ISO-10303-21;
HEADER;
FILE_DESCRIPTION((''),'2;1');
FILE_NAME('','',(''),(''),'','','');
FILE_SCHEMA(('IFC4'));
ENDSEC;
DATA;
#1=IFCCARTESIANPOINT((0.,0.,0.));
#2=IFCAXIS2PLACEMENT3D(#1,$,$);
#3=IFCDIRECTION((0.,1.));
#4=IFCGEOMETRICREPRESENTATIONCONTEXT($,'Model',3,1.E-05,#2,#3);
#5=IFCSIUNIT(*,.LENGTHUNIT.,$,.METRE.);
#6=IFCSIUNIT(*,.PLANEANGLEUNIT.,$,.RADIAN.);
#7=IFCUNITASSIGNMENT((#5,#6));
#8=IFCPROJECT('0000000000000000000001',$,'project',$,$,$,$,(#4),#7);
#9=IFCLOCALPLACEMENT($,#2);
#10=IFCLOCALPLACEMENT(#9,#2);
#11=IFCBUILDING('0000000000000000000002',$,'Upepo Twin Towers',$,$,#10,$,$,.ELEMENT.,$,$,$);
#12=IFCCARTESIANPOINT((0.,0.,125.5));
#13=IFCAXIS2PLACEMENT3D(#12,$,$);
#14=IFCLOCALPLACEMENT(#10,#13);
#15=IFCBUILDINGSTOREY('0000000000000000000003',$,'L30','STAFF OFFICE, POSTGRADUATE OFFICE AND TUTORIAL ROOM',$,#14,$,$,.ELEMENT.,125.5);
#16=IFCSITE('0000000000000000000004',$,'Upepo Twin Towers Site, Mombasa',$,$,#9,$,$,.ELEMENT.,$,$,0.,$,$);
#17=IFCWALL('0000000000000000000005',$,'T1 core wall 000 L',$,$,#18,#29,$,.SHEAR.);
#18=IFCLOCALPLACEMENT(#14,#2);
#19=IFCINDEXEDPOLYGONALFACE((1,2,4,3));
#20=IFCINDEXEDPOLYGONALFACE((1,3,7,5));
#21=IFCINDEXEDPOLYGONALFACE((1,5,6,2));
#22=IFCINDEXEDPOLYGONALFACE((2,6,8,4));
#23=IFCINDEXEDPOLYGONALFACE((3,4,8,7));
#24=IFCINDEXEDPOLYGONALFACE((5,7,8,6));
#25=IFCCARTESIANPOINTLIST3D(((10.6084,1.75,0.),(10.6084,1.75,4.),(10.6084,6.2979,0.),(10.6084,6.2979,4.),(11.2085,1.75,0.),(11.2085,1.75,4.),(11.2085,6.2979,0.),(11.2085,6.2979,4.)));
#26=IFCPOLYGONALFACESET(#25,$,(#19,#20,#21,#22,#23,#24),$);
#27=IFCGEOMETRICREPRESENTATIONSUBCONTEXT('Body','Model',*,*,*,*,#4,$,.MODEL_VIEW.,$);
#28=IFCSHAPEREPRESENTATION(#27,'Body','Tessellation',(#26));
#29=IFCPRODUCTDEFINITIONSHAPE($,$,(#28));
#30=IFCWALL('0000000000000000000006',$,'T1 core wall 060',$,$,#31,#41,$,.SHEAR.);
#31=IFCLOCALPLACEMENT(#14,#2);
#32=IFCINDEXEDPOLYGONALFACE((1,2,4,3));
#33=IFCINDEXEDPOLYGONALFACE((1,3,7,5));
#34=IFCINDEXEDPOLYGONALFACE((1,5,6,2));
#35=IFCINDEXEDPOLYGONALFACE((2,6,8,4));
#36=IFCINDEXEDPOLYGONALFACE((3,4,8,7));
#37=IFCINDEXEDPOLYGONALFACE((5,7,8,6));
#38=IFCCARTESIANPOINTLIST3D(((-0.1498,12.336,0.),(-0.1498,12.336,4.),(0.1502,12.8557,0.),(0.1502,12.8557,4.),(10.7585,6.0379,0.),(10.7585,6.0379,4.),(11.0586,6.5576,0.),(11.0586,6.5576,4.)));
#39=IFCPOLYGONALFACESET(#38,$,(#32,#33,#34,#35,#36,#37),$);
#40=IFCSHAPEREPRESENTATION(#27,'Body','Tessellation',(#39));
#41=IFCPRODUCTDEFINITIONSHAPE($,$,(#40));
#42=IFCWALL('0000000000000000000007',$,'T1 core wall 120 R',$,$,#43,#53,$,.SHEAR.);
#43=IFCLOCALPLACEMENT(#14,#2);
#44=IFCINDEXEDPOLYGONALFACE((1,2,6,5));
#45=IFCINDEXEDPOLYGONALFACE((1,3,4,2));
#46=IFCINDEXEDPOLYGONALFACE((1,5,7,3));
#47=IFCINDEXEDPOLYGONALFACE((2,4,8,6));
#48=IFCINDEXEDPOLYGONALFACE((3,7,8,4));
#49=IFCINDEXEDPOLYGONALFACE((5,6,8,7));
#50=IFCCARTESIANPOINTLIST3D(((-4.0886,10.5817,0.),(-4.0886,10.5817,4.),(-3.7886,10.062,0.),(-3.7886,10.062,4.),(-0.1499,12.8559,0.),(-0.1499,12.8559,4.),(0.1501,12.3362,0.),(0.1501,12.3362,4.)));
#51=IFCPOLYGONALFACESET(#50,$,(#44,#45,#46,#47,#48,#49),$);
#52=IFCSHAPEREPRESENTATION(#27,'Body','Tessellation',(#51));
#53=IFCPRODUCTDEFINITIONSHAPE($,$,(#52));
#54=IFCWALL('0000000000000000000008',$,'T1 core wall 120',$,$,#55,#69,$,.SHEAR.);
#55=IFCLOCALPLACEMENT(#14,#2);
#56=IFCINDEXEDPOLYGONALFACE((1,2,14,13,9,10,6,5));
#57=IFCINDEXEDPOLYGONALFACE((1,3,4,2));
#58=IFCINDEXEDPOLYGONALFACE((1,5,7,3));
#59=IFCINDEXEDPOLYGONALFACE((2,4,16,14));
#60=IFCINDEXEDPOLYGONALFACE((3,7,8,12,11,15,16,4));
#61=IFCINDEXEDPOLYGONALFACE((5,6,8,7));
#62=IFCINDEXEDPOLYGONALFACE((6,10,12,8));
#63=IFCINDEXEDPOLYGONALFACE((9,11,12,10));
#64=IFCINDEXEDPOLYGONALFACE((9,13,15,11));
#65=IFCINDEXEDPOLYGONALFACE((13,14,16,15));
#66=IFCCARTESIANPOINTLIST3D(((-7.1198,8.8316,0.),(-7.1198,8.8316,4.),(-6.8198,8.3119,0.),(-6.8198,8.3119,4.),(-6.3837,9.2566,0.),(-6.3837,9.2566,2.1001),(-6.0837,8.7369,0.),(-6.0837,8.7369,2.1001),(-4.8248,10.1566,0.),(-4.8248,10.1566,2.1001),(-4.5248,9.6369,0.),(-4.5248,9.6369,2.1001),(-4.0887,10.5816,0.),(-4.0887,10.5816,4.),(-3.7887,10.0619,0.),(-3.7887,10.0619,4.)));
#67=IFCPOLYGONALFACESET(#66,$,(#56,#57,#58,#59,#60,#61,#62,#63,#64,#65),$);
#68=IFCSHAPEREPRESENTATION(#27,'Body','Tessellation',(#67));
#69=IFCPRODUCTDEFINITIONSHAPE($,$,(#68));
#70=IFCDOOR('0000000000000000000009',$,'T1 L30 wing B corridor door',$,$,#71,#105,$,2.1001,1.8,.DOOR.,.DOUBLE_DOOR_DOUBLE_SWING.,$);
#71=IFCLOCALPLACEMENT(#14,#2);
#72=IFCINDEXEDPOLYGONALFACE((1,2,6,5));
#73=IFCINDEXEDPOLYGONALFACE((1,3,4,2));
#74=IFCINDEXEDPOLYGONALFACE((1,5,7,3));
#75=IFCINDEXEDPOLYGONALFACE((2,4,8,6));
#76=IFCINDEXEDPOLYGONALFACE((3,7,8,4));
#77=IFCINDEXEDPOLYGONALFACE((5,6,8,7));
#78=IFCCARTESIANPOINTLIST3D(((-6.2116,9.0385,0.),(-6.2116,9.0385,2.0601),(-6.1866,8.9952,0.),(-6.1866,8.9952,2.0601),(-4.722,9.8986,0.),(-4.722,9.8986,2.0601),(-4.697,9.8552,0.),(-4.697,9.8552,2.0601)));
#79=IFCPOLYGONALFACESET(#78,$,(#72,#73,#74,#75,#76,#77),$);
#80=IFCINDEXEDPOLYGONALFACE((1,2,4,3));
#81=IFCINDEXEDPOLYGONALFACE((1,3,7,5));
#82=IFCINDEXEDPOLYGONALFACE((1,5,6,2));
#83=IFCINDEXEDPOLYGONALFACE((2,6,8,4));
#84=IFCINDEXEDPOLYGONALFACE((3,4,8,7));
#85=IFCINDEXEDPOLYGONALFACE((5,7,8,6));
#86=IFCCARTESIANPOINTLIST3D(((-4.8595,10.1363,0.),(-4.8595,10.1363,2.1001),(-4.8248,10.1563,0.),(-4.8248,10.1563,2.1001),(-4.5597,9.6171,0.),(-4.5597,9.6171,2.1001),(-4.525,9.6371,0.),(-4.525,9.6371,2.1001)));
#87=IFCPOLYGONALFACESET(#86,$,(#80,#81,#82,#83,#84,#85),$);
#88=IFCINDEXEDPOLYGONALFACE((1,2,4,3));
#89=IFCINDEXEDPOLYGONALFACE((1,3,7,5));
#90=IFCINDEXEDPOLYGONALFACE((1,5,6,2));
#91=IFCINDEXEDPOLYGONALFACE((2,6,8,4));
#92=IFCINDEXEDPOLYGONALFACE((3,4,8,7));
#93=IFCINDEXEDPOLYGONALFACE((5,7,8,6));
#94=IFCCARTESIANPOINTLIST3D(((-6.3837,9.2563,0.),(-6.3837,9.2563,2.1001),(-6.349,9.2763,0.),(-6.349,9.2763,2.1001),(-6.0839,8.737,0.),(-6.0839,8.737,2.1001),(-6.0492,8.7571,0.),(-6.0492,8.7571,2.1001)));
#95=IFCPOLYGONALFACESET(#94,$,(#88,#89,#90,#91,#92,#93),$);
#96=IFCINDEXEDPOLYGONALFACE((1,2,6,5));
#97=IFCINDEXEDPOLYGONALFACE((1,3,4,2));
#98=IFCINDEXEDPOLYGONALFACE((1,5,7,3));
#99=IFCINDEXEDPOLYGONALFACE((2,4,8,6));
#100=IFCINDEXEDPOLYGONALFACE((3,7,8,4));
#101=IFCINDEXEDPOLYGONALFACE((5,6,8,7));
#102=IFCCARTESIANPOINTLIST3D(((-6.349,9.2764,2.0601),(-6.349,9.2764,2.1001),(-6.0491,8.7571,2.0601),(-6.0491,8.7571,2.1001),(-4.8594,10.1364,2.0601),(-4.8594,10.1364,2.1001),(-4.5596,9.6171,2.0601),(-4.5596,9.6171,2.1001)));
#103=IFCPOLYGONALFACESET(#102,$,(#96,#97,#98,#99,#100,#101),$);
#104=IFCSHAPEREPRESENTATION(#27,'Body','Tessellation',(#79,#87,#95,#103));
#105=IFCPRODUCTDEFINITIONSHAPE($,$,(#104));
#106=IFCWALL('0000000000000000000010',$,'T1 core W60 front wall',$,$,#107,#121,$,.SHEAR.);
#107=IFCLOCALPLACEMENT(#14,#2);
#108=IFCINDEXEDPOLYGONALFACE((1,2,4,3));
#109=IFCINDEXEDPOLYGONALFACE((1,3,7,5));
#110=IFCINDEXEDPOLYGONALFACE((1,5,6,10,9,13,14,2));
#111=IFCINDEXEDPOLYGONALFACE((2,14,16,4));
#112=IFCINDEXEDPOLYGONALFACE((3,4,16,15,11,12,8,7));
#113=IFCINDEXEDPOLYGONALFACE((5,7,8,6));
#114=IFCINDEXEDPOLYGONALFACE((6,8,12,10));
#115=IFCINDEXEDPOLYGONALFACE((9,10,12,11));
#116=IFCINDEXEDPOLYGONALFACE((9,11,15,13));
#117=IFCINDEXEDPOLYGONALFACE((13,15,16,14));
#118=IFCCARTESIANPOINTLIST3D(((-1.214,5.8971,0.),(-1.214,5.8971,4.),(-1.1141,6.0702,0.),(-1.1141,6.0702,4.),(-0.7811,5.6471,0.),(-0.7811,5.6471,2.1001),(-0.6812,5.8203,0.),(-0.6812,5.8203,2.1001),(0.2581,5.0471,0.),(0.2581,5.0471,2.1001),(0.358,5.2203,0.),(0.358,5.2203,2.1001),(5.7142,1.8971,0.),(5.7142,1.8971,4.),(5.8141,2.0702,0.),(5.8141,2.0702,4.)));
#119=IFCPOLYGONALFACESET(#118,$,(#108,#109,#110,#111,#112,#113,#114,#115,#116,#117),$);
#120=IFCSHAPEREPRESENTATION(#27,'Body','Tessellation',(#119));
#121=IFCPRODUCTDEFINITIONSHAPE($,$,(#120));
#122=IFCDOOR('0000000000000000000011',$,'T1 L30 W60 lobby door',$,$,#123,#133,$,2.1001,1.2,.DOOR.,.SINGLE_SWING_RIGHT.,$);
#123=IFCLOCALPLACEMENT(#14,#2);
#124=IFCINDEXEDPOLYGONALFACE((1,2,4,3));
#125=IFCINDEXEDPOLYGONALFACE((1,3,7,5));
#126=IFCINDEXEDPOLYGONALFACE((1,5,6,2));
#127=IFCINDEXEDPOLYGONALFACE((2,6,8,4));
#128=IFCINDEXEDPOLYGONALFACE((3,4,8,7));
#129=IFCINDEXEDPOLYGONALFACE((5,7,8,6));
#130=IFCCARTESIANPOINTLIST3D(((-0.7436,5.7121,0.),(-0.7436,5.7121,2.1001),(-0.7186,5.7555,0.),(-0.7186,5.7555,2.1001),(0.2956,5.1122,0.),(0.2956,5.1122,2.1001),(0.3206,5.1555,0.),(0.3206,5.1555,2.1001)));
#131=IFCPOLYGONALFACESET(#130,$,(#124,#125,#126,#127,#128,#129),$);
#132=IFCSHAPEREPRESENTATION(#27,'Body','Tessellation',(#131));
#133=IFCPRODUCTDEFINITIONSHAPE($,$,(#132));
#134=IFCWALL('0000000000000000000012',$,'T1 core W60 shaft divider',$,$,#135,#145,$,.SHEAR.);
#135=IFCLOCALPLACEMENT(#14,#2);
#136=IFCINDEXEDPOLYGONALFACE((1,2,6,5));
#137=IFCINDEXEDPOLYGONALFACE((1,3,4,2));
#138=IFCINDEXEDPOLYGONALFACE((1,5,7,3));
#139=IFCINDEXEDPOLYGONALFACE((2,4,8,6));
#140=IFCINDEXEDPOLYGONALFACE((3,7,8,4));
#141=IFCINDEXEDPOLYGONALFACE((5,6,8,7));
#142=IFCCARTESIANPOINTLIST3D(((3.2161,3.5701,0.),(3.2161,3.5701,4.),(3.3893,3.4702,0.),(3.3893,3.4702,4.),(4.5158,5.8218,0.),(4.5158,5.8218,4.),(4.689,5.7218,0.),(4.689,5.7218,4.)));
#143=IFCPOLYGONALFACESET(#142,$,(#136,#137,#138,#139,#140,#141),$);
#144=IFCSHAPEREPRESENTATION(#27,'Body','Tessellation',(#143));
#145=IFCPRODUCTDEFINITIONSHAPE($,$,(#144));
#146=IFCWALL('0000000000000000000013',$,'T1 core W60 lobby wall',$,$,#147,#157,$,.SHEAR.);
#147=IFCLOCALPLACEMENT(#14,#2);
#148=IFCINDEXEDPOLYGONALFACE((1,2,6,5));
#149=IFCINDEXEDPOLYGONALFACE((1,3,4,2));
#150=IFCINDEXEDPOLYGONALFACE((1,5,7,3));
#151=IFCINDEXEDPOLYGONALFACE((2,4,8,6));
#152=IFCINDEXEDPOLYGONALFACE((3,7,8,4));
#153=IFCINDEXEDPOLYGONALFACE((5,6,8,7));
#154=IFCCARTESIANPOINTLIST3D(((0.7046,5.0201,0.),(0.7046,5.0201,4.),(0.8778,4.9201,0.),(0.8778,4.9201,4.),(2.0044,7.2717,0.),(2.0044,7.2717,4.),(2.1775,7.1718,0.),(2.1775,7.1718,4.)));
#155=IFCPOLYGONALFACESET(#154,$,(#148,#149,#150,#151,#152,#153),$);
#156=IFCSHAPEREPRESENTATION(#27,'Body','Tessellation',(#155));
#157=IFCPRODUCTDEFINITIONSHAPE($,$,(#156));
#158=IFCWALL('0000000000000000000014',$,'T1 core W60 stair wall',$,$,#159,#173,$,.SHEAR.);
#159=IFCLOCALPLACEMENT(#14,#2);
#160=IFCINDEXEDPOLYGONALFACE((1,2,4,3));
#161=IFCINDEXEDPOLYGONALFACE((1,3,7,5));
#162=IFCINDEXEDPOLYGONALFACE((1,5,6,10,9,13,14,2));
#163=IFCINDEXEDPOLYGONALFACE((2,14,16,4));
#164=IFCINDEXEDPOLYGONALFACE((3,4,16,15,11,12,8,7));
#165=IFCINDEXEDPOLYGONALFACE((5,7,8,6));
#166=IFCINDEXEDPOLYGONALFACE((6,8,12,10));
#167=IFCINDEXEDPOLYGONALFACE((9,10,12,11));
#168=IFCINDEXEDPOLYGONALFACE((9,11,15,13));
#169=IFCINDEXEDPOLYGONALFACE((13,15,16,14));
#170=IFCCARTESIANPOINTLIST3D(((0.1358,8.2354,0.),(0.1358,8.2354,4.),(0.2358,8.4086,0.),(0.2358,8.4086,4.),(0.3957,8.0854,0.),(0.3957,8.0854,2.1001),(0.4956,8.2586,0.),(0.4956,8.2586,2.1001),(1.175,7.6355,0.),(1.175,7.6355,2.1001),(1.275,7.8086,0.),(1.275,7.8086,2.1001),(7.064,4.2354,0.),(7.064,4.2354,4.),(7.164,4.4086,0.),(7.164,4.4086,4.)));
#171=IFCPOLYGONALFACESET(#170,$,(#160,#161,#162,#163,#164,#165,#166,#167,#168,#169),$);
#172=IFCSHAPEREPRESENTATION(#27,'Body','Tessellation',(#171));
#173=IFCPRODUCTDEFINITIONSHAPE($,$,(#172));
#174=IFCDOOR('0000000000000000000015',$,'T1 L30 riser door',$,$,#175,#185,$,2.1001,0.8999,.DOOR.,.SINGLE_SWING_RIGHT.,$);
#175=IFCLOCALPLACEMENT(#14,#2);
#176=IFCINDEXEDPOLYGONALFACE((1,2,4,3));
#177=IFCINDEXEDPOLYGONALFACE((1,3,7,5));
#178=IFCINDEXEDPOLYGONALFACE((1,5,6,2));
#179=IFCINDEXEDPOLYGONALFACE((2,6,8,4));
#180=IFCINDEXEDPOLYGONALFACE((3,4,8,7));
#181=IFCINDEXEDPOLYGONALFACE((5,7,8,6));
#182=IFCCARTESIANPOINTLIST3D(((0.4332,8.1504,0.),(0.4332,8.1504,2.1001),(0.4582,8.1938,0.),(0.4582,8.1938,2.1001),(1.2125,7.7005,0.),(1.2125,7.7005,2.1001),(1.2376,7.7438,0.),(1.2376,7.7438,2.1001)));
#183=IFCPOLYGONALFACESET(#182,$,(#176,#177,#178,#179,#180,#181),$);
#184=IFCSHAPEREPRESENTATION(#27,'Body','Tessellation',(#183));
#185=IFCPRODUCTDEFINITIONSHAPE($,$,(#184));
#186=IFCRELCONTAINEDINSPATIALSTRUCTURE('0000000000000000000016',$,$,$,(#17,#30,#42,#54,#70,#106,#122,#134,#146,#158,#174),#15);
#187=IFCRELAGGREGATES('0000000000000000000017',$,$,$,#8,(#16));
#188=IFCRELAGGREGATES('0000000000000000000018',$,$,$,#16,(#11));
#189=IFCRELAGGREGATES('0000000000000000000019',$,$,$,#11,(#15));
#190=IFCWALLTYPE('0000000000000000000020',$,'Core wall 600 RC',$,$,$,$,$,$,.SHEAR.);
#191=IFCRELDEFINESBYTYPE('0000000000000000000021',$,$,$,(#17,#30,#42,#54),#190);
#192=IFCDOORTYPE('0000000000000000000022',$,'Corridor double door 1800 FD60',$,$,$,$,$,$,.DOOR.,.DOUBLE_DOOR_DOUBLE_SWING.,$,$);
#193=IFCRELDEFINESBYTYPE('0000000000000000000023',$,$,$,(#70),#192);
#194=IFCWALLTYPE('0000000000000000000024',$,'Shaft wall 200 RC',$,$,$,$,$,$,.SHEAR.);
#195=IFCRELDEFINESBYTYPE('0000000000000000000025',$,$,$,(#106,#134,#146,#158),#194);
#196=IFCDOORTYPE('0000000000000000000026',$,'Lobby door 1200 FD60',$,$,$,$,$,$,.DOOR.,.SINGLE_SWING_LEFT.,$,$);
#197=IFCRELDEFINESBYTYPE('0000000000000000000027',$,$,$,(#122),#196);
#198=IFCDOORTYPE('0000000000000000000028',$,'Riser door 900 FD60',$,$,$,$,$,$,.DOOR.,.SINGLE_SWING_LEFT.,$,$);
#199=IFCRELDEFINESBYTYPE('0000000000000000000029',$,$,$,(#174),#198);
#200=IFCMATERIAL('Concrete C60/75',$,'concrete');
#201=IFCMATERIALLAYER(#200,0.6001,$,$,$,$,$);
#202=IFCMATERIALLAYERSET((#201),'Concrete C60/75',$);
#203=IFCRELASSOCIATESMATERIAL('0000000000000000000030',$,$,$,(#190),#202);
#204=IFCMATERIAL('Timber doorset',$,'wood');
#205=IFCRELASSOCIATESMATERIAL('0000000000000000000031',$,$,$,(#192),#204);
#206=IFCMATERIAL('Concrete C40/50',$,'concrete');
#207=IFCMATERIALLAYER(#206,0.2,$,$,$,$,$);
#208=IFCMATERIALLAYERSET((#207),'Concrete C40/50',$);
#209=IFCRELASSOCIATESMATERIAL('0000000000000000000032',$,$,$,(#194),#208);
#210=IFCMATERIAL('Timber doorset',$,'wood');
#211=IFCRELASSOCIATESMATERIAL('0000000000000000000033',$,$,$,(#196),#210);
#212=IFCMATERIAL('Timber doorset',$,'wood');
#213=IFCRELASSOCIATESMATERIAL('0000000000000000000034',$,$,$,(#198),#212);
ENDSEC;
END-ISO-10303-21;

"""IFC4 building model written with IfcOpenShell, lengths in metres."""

from ifc_helpers import new_model, si_unit, direction, frame, frame_2d, origin, place, context, subcontext, project, spatial, rectangle, extrude, material, layer, layer_set, type_object, element, fill, save


model = new_model("IFC4")

# Units and contexts
model_context = context("Model", 3, precision=1e-05, world=origin(), true_north=direction((0.0, 1.0)))
body_context = subcontext(model_context, "Body", "Model", "MODEL_VIEW")
ifc_project = project(units=[si_unit("LENGTHUNIT", "METRE"), si_unit("PLANEANGLEUNIT", "RADIAN")], contexts=[model_context])

# Site, building, storey
site_placement = place(None, origin())
site = spatial("IfcSite", under=ifc_project, at=site_placement, Name="Upepo Twin Towers Site, Mombasa", CompositionType="ELEMENT", RefElevation=0.0)
building_placement = place(site_placement, origin())
building = spatial("IfcBuilding", under=site, at=building_placement, Name="Upepo Twin Towers", CompositionType="ELEMENT")
storey_placement = place(building_placement, frame((0.0, 0.0, 125.5)))
storey = spatial("IfcBuildingStorey", under=building, at=storey_placement, Name="L30", Description="STAFF OFFICE, POSTGRADUATE OFFICE AND TUTORIAL ROOM", CompositionType="ELEMENT", Elevation=125.5)

# Walls
ifc_material_1 = material(Name="Concrete C60/75", Category="concrete")
ifc_layer_1 = layer(ifc_material_1, 0.6001)
ifc_layer_set_1 = layer_set([ifc_layer_1], Name="Concrete C60/75")
wall_type_1 = type_object("IfcWallType", Name="Core wall 600 RC", PredefinedType="SHEAR", material=ifc_layer_set_1)
wall_1_placement = place(storey_placement, frame((10.9084, 1.75, 0.0), z_axis=(0.0, 0.0, 1.0), x_axis=(0.0, 1.0, 0.0)))
element("IfcWall", 1, at=wall_1_placement, inside=storey, type_object=wall_type_1, Name="T1 core wall 000 L", PredefinedType="SHEAR", context=body_context, shape_type="SweptSolid", body=[
    extrude(rectangle(XDim=4.5479, YDim=0.6001, at=frame_2d((2.2739, 0.0))), origin(), (0.0, 0.0, 1.0), 4.0),
])
wall_2_placement = place(storey_placement, frame((10.9084, 6.2979, 0.0), z_axis=(0.0, 0.0, 1.0), x_axis=(-0.866022, 0.500006, 0.0)))
element("IfcWall", 2, at=wall_2_placement, inside=storey, type_object=wall_type_1, Name="T1 core wall 060", PredefinedType="SHEAR", context=body_context, shape_type="SweptSolid", body=[
    extrude(rectangle(XDim=12.5959, YDim=0.6001, at=frame_2d((6.2979, 0.0))), origin(), (0.0, 0.0, 1.0), 4.0),
])
wall_3_placement = place(storey_placement, frame((0.0, 12.5959, 0.0), z_axis=(0.0, 0.0, 1.0), x_axis=(-0.866011, -0.500024, 0.0)))
element("IfcWall", 3, at=wall_3_placement, inside=storey, type_object=wall_type_1, Name="T1 core wall 120 R", PredefinedType="SHEAR", context=body_context, shape_type="SweptSolid", body=[
    extrude(rectangle(XDim=4.5481, YDim=0.6001, at=frame_2d((2.2739, 0.0))), origin(), (0.0, 0.0, 1.0), 4.0),
])

# Walls, openings, doors
wall_4_placement = place(storey_placement, frame((-3.9387, 10.3218, 0.0), z_axis=(0.0, 0.0, 1.0), x_axis=(-0.866019, -0.50001, 0.0)))
wall_4 = element("IfcWall", 4, at=wall_4_placement, inside=storey, type_object=wall_type_1, Name="T1 core wall 120", PredefinedType="SHEAR", context=body_context, shape_type="SweptSolid", body=[
    extrude(rectangle(XDim=3.5, YDim=0.6001, at=frame_2d((1.75, 0.0))), origin(), (0.0, 0.0, 1.0), 4.0),
])
opening_1_placement = place(wall_4_placement, frame((0.8501, 0.0, 0.0)))
opening_1 = element("IfcOpeningElement", 5, at=opening_1_placement, cuts=wall_4, PredefinedType="OPENING", context=body_context, shape_type="SweptSolid", body=[
    extrude(rectangle(XDim=1.8, YDim=2.1001, at=frame_2d((0.8999, 1.05))), frame((0.0, 0.3101, 0.0), z_axis=(0.0, -1.0, 0.0), x_axis=(1.0, 0.0, 0.0)), (0.0, 0.0, 1.0), 0.6201),
])
ifc_material_2 = material(Name="Timber doorset", Category="wood")
door_type_1 = type_object("IfcDoorType", Name="Corridor double door 1800 FD60", OperationType="DOUBLE_DOOR_DOUBLE_SWING", PredefinedType="DOOR", material=ifc_material_2)
door_1_placement = place(opening_1_placement, origin())
door_1 = element("IfcDoor", 6, at=door_1_placement, inside=storey, type_object=door_type_1, Name="T1 L30 wing B corridor door", OperationType="DOUBLE_DOOR_DOUBLE_SWING", OverallHeight=2.1001, OverallWidth=1.8, PredefinedType="DOOR", context=body_context, shape_type="SweptSolid", body=[
    extrude(rectangle(XDim=1.72, YDim=2.0601, at=frame_2d((0.8999, 1.03))), frame((0.0, 0.0249, 0.0), z_axis=(0.0, -1.0, 0.0), x_axis=(1.0, 0.0, 0.0)), (0.0, 0.0, 1.0), 0.05),
    extrude(rectangle(XDim=0.04, YDim=2.1001, at=frame_2d((0.02, 1.05))), frame((0.0, 0.2998, 0.0), z_axis=(0.0, -1.0, 0.0), x_axis=(1.0, 0.0, 0.0)), (0.0, 0.0, 1.0), 0.5996),
    extrude(rectangle(XDim=0.04, YDim=2.1001, at=frame_2d((1.78, 1.05))), frame((0.0, 0.2998, 0.0), z_axis=(0.0, -1.0, 0.0), x_axis=(1.0, 0.0, 0.0)), (0.0, 0.0, 1.0), 0.5996),
    extrude(rectangle(XDim=1.72, YDim=0.04, at=frame_2d((0.8999, 2.0801))), frame((0.0, 0.2998, 0.0), z_axis=(0.0, -1.0, 0.0), x_axis=(1.0, 0.0, 0.0)), (0.0, 0.0, 1.0), 0.5996),
])
fill(opening_1, door_1)
ifc_material_3 = material(Name="Concrete C40/50", Category="concrete")
ifc_layer_2 = layer(ifc_material_3, 0.2)
ifc_layer_set_2 = layer_set([ifc_layer_2], Name="Concrete C40/50")
wall_type_2 = type_object("IfcWallType", Name="Shaft wall 200 RC", PredefinedType="SHEAR", material=ifc_layer_set_2)
wall_5_placement = place(storey_placement, frame((5.7642, 1.9836, 0.0), z_axis=(0.0, 0.0, 1.0), x_axis=(-0.866026, 0.499999, 0.0)))
wall_5 = element("IfcWall", 7, at=wall_5_placement, inside=storey, type_object=wall_type_2, Name="T1 core W60 front wall", PredefinedType="SHEAR", context=body_context, shape_type="SweptSolid", body=[
    extrude(rectangle(XDim=8.0, YDim=0.2, at=frame_2d((4.0, 0.0))), origin(), (0.0, 0.0, 1.0), 4.0),
])
opening_2_placement = place(wall_5_placement, frame((6.3, 0.0, 0.0)))
opening_2 = element("IfcOpeningElement", 8, at=opening_2_placement, cuts=wall_5, PredefinedType="OPENING", context=body_context, shape_type="SweptSolid", body=[
    extrude(rectangle(XDim=1.2, YDim=2.1001, at=frame_2d((0.6001, 1.05))), frame((0.0, 0.1099, 0.0), z_axis=(0.0, -1.0, 0.0), x_axis=(1.0, 0.0, 0.0)), (0.0, 0.0, 1.0), 0.22),
])
ifc_material_4 = material(Name="Timber doorset", Category="wood")
door_type_2 = type_object("IfcDoorType", Name="Lobby door 1200 FD60", OperationType="SINGLE_SWING_LEFT", PredefinedType="DOOR", material=ifc_material_4)
door_2_placement = place(opening_2_placement, origin())
door_2 = element("IfcDoor", 9, at=door_2_placement, inside=storey, type_object=door_type_2, Name="T1 L30 W60 lobby door", OperationType="SINGLE_SWING_RIGHT", OverallHeight=2.1001, OverallWidth=1.2, PredefinedType="DOOR", context=body_context, shape_type="SweptSolid", body=[
    extrude(rectangle(XDim=1.2, YDim=2.1001, at=frame_2d((0.6001, 1.05))), frame((0.0, 0.0249, 0.0), z_axis=(0.0, -1.0, 0.0), x_axis=(1.0, 0.0, 0.0)), (0.0, 0.0, 1.0), 0.05),
])
fill(opening_2, door_2)

# Walls
for number, where, z_axis, x_axis, name in (
    (10, (3.3027, 3.5203, 0.0), (0.0, 0.0, 1.0), (0.499937, 0.866062, 0.0), "T1 core W60 shaft divider"),
    (11, (0.7913, 4.9702, 0.0), (0.0, 0.0, 1.0), (0.499937, 0.866062, 0.0), "T1 core W60 lobby wall"),
):
    element("IfcWall", number, at=place(storey_placement, frame(where, z_axis=z_axis, x_axis=x_axis)), inside=storey, type_object=wall_type_2, Name=name, PredefinedType="SHEAR", context=body_context, shape_type="SweptSolid", body=[
        extrude(rectangle(XDim=2.5999, YDim=0.2, at=frame_2d((1.2998, 0.0))), origin(), (0.0, 0.0, 1.0), 4.0),
    ])

# Wall, opening, door
wall_6_placement = place(storey_placement, frame((7.114, 4.322, 0.0), z_axis=(0.0, 0.0, 1.0), x_axis=(-0.866026, 0.499999, 0.0)))
wall_6 = element("IfcWall", 12, at=wall_6_placement, inside=storey, type_object=wall_type_2, Name="T1 core W60 stair wall", PredefinedType="SHEAR", context=body_context, shape_type="SweptSolid", body=[
    extrude(rectangle(XDim=8.0, YDim=0.2, at=frame_2d((4.0, 0.0))), origin(), (0.0, 0.0, 1.0), 4.0),
])
opening_3_placement = place(wall_6_placement, frame((6.8, 0.0, 0.0)))
opening_3 = element("IfcOpeningElement", 13, at=opening_3_placement, cuts=wall_6, PredefinedType="OPENING", context=body_context, shape_type="SweptSolid", body=[
    extrude(rectangle(XDim=0.8999, YDim=2.1001, at=frame_2d((0.45, 1.05))), frame((0.0, 0.1099, 0.0), z_axis=(0.0, -1.0, 0.0), x_axis=(1.0, 0.0, 0.0)), (0.0, 0.0, 1.0), 0.22),
])
ifc_material_5 = material(Name="Timber doorset", Category="wood")
door_type_3 = type_object("IfcDoorType", Name="Riser door 900 FD60", OperationType="SINGLE_SWING_LEFT", PredefinedType="DOOR", material=ifc_material_5)
door_3_placement = place(opening_3_placement, origin())
door_3 = element("IfcDoor", 14, at=door_3_placement, inside=storey, type_object=door_type_3, Name="T1 L30 riser door", OperationType="SINGLE_SWING_RIGHT", OverallHeight=2.1001, OverallWidth=0.8999, PredefinedType="DOOR", context=body_context, shape_type="SweptSolid", body=[
    extrude(rectangle(XDim=0.8999, YDim=2.1001, at=frame_2d((0.45, 1.05))), frame((0.0, 0.0249, 0.0), z_axis=(0.0, -1.0, 0.0), x_axis=(1.0, 0.0, 0.0)), (0.0, 0.0, 1.0), 0.05),
])
fill(opening_3, door_3)

save(model, "model.ifc")
